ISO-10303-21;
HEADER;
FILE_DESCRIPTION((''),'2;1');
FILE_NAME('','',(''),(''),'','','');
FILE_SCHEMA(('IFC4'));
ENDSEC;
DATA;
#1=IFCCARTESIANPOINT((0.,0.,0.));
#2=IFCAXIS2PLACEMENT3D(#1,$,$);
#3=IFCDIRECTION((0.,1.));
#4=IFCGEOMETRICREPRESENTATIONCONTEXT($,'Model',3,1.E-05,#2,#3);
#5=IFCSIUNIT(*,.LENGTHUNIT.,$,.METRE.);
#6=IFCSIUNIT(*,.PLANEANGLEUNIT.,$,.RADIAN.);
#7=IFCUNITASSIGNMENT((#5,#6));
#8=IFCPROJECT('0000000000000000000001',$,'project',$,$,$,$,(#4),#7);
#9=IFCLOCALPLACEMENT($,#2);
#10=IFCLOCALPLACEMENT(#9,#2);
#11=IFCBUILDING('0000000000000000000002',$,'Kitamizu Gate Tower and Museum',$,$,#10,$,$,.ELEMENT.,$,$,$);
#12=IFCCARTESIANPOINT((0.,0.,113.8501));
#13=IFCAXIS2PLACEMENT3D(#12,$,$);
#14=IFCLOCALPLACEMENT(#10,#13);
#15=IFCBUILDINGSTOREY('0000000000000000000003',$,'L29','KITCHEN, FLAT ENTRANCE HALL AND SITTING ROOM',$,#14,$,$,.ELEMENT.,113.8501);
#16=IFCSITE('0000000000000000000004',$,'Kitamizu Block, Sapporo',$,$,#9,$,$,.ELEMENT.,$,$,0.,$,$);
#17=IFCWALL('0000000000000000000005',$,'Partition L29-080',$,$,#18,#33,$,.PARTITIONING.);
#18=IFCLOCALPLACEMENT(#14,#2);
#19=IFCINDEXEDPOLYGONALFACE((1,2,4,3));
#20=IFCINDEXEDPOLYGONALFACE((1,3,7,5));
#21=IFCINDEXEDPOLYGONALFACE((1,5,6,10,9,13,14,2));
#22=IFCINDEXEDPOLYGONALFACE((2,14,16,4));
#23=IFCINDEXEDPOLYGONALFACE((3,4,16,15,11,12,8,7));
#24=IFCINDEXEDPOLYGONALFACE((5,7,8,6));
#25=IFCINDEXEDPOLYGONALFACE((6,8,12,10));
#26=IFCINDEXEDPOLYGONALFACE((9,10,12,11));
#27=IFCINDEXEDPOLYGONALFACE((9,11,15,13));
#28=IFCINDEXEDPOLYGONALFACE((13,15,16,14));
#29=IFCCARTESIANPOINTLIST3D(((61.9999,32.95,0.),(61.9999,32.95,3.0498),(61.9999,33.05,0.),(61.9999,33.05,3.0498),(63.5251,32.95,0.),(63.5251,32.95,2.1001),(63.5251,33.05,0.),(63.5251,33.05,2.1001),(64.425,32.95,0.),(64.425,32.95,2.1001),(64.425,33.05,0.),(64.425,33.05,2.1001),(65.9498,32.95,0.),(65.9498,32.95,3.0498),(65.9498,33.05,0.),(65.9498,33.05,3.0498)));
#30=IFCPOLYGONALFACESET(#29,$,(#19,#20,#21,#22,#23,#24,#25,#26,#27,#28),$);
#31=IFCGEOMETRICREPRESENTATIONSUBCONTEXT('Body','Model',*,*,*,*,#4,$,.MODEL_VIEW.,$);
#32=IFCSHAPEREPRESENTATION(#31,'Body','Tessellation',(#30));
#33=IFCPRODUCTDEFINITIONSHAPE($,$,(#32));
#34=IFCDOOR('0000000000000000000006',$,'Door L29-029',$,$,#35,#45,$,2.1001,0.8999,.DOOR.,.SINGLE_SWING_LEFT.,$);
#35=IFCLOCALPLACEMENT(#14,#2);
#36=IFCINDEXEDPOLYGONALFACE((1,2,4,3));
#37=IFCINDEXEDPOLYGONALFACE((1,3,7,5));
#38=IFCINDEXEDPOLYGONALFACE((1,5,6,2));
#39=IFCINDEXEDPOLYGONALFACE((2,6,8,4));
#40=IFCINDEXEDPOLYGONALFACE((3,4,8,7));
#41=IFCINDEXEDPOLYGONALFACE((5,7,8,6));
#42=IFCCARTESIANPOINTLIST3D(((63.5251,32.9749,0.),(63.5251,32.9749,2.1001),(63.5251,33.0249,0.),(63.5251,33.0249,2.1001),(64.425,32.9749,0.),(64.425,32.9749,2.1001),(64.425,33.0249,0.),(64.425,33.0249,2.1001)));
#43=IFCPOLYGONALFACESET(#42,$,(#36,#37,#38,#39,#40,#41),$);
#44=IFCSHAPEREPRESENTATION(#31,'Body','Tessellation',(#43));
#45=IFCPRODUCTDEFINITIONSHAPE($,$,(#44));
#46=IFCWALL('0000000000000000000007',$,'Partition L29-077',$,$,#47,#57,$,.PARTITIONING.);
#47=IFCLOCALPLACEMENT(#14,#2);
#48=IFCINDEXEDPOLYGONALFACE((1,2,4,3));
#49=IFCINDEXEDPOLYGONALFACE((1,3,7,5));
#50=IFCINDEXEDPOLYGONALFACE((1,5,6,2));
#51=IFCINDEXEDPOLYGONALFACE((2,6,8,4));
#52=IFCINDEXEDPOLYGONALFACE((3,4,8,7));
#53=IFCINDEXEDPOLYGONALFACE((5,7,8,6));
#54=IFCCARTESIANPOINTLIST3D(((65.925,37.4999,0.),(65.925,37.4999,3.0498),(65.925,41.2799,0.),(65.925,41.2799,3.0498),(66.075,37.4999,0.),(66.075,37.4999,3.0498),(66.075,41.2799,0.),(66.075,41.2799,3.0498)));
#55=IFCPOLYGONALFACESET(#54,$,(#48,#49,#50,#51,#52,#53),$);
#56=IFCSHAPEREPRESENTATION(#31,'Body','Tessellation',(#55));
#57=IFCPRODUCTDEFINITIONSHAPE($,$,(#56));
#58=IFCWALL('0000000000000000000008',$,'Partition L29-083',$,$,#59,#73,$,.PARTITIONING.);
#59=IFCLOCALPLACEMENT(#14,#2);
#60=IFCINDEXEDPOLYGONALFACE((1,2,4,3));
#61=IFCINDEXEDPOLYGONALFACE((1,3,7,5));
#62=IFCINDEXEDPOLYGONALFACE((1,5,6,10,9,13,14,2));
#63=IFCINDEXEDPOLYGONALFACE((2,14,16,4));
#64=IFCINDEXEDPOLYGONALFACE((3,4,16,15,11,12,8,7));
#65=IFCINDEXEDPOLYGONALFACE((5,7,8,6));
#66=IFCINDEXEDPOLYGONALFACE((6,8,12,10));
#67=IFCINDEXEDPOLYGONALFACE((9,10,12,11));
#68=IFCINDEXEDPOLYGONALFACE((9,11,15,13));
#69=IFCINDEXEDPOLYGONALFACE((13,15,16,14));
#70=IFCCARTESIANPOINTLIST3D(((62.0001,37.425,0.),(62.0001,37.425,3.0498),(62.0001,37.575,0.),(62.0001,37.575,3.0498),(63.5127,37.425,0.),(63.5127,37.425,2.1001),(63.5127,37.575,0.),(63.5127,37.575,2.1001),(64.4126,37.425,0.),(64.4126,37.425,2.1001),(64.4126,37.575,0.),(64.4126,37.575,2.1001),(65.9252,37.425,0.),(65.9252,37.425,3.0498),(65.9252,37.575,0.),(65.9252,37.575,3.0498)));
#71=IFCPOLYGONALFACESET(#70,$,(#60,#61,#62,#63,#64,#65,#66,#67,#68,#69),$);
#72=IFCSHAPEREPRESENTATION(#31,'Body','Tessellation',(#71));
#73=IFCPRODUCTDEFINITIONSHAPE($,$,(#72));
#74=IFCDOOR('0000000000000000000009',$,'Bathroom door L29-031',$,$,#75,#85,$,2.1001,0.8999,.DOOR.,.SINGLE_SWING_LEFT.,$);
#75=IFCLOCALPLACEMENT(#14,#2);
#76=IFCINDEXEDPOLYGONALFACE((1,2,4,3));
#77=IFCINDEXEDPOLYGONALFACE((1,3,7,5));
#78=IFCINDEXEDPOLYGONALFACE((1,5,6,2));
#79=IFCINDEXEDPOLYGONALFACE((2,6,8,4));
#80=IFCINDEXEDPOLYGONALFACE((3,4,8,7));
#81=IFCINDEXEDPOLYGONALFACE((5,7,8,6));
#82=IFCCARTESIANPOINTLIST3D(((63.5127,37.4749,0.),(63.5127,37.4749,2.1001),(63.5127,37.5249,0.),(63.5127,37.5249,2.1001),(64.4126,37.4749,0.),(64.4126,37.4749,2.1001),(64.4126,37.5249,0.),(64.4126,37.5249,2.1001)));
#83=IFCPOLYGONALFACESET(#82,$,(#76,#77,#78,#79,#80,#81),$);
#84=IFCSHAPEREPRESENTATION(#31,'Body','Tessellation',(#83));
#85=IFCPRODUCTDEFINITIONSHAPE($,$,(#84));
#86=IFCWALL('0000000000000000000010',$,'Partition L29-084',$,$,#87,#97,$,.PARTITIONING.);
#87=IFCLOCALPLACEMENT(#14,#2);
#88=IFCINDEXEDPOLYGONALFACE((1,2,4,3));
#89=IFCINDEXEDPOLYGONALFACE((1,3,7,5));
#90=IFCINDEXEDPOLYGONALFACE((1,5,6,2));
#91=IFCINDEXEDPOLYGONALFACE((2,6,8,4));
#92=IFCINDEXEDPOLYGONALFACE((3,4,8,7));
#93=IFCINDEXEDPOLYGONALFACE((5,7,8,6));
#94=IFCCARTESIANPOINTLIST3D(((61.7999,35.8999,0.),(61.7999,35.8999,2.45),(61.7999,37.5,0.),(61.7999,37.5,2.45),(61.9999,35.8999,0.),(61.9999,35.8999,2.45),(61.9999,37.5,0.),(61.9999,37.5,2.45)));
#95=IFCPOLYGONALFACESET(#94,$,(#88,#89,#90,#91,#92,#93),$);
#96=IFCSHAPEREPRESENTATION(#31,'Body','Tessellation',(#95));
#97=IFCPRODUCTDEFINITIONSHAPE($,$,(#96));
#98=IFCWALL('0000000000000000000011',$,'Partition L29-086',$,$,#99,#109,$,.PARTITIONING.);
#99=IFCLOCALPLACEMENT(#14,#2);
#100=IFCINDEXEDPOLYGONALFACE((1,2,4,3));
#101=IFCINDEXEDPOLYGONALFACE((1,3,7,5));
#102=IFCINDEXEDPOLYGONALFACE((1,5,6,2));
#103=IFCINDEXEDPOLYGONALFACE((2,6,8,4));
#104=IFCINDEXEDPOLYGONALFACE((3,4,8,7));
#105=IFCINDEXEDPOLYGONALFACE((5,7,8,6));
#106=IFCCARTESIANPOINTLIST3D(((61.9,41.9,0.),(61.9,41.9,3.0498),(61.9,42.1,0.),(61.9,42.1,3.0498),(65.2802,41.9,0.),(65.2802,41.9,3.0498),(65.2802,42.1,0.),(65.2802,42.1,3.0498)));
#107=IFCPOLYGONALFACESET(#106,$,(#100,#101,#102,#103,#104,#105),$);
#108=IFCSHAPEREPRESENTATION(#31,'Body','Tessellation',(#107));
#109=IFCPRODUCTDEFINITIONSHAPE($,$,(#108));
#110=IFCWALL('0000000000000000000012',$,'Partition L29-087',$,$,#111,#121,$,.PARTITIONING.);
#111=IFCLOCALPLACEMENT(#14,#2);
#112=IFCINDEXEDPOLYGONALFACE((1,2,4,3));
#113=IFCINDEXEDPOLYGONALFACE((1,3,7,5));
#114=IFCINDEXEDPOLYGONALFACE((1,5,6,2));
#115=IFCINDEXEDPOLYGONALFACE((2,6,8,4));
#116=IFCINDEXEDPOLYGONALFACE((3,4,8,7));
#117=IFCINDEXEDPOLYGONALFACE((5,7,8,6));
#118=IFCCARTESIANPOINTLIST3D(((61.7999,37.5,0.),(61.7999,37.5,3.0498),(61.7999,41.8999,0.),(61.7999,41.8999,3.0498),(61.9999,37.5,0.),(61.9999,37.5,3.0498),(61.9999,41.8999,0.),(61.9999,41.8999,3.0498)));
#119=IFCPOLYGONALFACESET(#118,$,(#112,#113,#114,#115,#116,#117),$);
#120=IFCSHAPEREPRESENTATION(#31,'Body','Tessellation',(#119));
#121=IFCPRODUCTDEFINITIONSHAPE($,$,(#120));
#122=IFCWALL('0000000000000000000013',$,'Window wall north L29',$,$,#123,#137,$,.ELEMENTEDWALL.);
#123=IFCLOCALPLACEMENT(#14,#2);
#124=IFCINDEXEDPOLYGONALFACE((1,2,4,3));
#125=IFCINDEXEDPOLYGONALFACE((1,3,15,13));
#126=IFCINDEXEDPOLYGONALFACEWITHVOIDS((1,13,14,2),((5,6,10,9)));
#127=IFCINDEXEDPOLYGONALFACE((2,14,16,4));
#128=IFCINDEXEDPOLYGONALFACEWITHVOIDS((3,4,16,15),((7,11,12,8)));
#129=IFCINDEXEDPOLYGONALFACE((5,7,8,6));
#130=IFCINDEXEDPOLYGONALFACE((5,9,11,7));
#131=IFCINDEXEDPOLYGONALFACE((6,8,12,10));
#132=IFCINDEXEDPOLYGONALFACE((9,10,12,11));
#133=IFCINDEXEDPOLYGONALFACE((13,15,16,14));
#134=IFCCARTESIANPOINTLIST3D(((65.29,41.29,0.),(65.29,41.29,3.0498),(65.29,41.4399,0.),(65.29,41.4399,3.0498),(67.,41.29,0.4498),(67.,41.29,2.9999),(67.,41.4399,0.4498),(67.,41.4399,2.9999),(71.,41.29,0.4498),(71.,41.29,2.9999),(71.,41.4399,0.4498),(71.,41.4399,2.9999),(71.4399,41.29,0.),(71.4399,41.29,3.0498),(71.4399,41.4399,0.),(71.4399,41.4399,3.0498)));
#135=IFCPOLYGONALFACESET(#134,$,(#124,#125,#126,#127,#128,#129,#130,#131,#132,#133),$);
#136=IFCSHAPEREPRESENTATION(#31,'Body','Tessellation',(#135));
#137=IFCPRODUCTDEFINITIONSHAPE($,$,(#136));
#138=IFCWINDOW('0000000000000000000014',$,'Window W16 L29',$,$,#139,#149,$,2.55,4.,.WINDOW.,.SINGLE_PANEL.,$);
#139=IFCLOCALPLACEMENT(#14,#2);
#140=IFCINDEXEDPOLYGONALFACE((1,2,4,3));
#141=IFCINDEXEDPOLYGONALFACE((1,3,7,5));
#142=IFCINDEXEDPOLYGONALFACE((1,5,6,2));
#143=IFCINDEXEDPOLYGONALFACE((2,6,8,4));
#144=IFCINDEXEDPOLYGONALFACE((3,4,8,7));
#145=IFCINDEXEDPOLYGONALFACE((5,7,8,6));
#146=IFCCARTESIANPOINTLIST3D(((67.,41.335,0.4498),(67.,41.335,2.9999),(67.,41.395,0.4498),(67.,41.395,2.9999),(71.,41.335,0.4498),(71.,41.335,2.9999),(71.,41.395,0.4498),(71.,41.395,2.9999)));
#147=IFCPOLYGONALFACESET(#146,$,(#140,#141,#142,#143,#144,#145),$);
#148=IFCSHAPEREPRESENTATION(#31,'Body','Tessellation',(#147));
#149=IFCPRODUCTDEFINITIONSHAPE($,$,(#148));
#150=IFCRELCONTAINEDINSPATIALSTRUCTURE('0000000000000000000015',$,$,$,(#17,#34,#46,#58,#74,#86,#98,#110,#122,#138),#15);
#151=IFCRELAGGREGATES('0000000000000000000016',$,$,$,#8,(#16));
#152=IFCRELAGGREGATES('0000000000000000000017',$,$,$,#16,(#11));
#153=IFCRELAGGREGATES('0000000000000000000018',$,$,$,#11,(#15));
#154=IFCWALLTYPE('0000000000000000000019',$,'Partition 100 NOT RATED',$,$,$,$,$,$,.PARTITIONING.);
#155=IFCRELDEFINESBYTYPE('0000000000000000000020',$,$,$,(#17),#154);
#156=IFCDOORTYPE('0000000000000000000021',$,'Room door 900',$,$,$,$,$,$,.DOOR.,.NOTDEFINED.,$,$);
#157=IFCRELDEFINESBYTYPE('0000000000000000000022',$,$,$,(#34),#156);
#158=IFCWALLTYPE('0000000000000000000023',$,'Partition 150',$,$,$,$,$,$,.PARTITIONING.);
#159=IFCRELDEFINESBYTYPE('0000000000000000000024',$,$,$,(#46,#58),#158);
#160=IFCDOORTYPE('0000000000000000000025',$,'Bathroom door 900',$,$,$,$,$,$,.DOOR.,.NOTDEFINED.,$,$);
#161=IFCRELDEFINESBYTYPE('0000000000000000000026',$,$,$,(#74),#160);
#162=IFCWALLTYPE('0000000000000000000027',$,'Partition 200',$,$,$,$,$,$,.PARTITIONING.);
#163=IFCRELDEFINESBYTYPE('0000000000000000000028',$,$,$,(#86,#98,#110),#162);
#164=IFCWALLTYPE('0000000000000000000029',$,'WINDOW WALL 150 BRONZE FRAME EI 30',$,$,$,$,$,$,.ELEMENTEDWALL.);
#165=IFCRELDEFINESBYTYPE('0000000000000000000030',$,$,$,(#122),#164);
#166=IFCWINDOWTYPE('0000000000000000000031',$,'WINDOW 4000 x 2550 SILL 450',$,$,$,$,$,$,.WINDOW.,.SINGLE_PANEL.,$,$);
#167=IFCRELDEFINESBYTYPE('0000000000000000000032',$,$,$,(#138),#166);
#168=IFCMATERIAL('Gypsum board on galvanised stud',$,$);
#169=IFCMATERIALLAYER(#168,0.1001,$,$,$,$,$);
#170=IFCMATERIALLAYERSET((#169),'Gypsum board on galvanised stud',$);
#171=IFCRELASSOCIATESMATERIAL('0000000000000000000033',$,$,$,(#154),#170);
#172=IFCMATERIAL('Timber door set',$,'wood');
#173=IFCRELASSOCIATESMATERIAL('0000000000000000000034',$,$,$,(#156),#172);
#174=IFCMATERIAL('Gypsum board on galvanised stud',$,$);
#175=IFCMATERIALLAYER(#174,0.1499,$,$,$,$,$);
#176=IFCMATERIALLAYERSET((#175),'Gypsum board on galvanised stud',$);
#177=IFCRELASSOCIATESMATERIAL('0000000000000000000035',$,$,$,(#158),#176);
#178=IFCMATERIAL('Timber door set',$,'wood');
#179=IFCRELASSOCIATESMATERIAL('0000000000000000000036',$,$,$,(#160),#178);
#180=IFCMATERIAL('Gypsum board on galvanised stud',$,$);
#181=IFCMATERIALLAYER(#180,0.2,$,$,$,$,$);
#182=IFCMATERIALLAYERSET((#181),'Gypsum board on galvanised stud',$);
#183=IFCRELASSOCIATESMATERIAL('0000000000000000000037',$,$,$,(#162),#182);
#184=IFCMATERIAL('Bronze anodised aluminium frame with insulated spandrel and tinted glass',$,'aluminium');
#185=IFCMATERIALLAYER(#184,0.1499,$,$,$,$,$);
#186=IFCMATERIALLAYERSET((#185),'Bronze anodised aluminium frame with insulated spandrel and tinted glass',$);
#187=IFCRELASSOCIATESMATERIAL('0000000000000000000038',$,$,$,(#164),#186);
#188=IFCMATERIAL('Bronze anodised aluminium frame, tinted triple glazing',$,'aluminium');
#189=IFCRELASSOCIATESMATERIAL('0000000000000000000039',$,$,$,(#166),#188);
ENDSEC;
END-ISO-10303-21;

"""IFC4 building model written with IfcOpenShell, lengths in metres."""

from ifc_helpers import new_model, si_unit, direction, frame, frame_2d, origin, place, context, subcontext, project, spatial, rectangle, extrude, material, layer, layer_set, type_object, element, fill, save


model = new_model("IFC4")

# Units and contexts
model_context = context("Model", 3, precision=1e-05, world=origin(), true_north=direction((0.0, 1.0)))
body_context = subcontext(model_context, "Body", "Model", "MODEL_VIEW")
ifc_project = project(units=[si_unit("LENGTHUNIT", "METRE"), si_unit("PLANEANGLEUNIT", "RADIAN")], contexts=[model_context])

# Site, building, storey
site_placement = place(None, origin())
site = spatial("IfcSite", under=ifc_project, at=site_placement, Name="Kitamizu Block, Sapporo", CompositionType="ELEMENT", RefElevation=0.0)
building_placement = place(site_placement, origin())
building = spatial("IfcBuilding", under=site, at=building_placement, Name="Kitamizu Gate Tower and Museum", CompositionType="ELEMENT")
storey_placement = place(building_placement, frame((0.0, 0.0, 113.8501)))
storey = spatial("IfcBuildingStorey", under=building, at=storey_placement, Name="L29", Description="KITCHEN, FLAT ENTRANCE HALL AND SITTING ROOM", CompositionType="ELEMENT", Elevation=113.8501)

# Shared definitions
ifc_material_1 = material(Name="Gypsum board on galvanised stud")
ifc_layer_1 = layer(ifc_material_1, 0.1001)
ifc_layer_set_1 = layer_set([ifc_layer_1], Name="Gypsum board on galvanised stud")
wall_type_1 = type_object("IfcWallType", Name="Partition 100 NOT RATED", PredefinedType="PARTITIONING", material=ifc_layer_set_1)
ifc_material_2 = material(Name="Timber door set", Category="wood")
door_type_1 = type_object("IfcDoorType", Name="Room door 900", OperationType="NOTDEFINED", PredefinedType="DOOR", material=ifc_material_2)

# Wall, opening, door
wall_1_placement = place(storey_placement, frame((65.95, 33.0, 0.0), z_axis=(0.0, 0.0, 1.0), x_axis=(-1.0, 0.0, 0.0)))
wall_1 = element("IfcWall", 1, at=wall_1_placement, inside=storey, type_object=wall_type_1, Name="Partition L29-080", PredefinedType="PARTITIONING", context=body_context, shape_type="SweptSolid", body=[
    extrude(rectangle(XDim=3.95, YDim=0.1001, at=frame_2d((1.9751, 0.0))), origin(), (0.0, 0.0, 1.0), 3.0498),
])
opening_1_placement = place(wall_1_placement, frame((1.5249, 0.0, 0.0)))
opening_1 = element("IfcOpeningElement", 2, at=opening_1_placement, cuts=wall_1, PredefinedType="OPENING", context=body_context, shape_type="SweptSolid", body=[
    extrude(rectangle(XDim=0.8999, YDim=2.1001, at=frame_2d((0.45, 1.05))), frame((0.0, 0.0601, 0.0), z_axis=(0.0, -1.0, 0.0), x_axis=(1.0, 0.0, 0.0)), (0.0, 0.0, 1.0), 0.1201),
])
door_1_placement = place(opening_1_placement, frame((0.8999, 0.0, 0.0), x_axis=(-1.0, 0.0, 0.0)))
door_1 = element("IfcDoor", 3, at=door_1_placement, inside=storey, type_object=door_type_1, Name="Door L29-029", OperationType="SINGLE_SWING_LEFT", OverallHeight=2.1001, OverallWidth=0.8999, PredefinedType="DOOR", context=body_context, shape_type="SweptSolid", body=[
    extrude(rectangle(XDim=0.8999, YDim=2.1001, at=frame_2d((0.45, 1.05))), frame((0.0, 0.0249, 0.0), z_axis=(0.0, -1.0, 0.0), x_axis=(1.0, 0.0, 0.0)), (0.0, 0.0, 1.0), 0.05),
])
fill(opening_1, door_1)

# Wall
ifc_material_3 = material(Name="Gypsum board on galvanised stud")
ifc_layer_2 = layer(ifc_material_3, 0.1499)
ifc_layer_set_2 = layer_set([ifc_layer_2], Name="Gypsum board on galvanised stud")
wall_type_2 = type_object("IfcWallType", Name="Partition 150", PredefinedType="PARTITIONING", material=ifc_layer_set_2)
wall_2_placement = place(storey_placement, frame((66.0, 41.28, 0.0), z_axis=(0.0, 0.0, 1.0), x_axis=(0.0, -1.0, 0.0)))
element("IfcWall", 4, at=wall_2_placement, inside=storey, type_object=wall_type_2, Name="Partition L29-077", PredefinedType="PARTITIONING", context=body_context, shape_type="SweptSolid", body=[
    extrude(rectangle(XDim=3.78, YDim=0.1499, at=frame_2d((1.8901, 0.0))), origin(), (0.0, 0.0, 1.0), 3.0498),
])

# Wall, opening, door
wall_3_placement = place(storey_placement, frame((65.925, 37.5, 0.0), z_axis=(0.0, 0.0, 1.0), x_axis=(-1.0, 0.0, 0.0)))
wall_3 = element("IfcWall", 5, at=wall_3_placement, inside=storey, type_object=wall_type_2, Name="Partition L29-083", PredefinedType="PARTITIONING", context=body_context, shape_type="SweptSolid", body=[
    extrude(rectangle(XDim=3.925, YDim=0.1499, at=frame_2d((1.9624, 0.0))), origin(), (0.0, 0.0, 1.0), 3.0498),
])
opening_2_placement = place(wall_3_placement, frame((1.5125, 0.0, 0.0)))
opening_2 = element("IfcOpeningElement", 6, at=opening_2_placement, cuts=wall_3, PredefinedType="OPENING", context=body_context, shape_type="SweptSolid", body=[
    extrude(rectangle(XDim=0.8999, YDim=2.1001, at=frame_2d((0.45, 1.05))), frame((0.0, 0.085, 0.0), z_axis=(0.0, -1.0, 0.0), x_axis=(1.0, 0.0, 0.0)), (0.0, 0.0, 1.0), 0.1699),
])
ifc_material_4 = material(Name="Timber door set", Category="wood")
door_type_2 = type_object("IfcDoorType", Name="Bathroom door 900", OperationType="NOTDEFINED", PredefinedType="DOOR", material=ifc_material_4)
door_2_placement = place(opening_2_placement, frame((0.8999, 0.0, 0.0), x_axis=(-1.0, 0.0, 0.0)))
door_2 = element("IfcDoor", 7, at=door_2_placement, inside=storey, type_object=door_type_2, Name="Bathroom door L29-031", OperationType="SINGLE_SWING_LEFT", OverallHeight=2.1001, OverallWidth=0.8999, PredefinedType="DOOR", context=body_context, shape_type="SweptSolid", body=[
    extrude(rectangle(XDim=0.8999, YDim=2.1001, at=frame_2d((0.45, 1.05))), frame((0.0, 0.0249, 0.0), z_axis=(0.0, -1.0, 0.0), x_axis=(1.0, 0.0, 0.0)), (0.0, 0.0, 1.0), 0.05),
])
fill(opening_2, door_2)

# Walls
ifc_material_5 = material(Name="Gypsum board on galvanised stud")
ifc_layer_3 = layer(ifc_material_5, 0.2)
ifc_layer_set_3 = layer_set([ifc_layer_3], Name="Gypsum board on galvanised stud")
wall_type_3 = type_object("IfcWallType", Name="Partition 200", PredefinedType="PARTITIONING", material=ifc_layer_set_3)
wall_4_placement = place(storey_placement, frame((61.8999, 37.5, 0.0), z_axis=(0.0, 0.0, 1.0), x_axis=(0.0, -1.0, 0.0)))
element("IfcWall", 8, at=wall_4_placement, inside=storey, type_object=wall_type_3, Name="Partition L29-084", PredefinedType="PARTITIONING", context=body_context, shape_type="SweptSolid", body=[
    extrude(rectangle(XDim=1.6001, YDim=0.2, at=frame_2d((0.8, 0.0))), origin(), (0.0, 0.0, 1.0), 2.45),
])
wall_5_placement = place(storey_placement, frame((65.28, 42.0, 0.0), z_axis=(0.0, 0.0, 1.0), x_axis=(-1.0, 0.0, 0.0)))
element("IfcWall", 9, at=wall_5_placement, inside=storey, type_object=wall_type_3, Name="Partition L29-086", PredefinedType="PARTITIONING", context=body_context, shape_type="SweptSolid", body=[
    extrude(rectangle(XDim=3.3801, YDim=0.2, at=frame_2d((1.6899, 0.0))), origin(), (0.0, 0.0, 1.0), 3.0498),
])
wall_6_placement = place(storey_placement, frame((61.8999, 41.8999, 0.0), z_axis=(0.0, 0.0, 1.0), x_axis=(0.0, -1.0, 0.0)))
element("IfcWall", 10, at=wall_6_placement, inside=storey, type_object=wall_type_3, Name="Partition L29-087", PredefinedType="PARTITIONING", context=body_context, shape_type="SweptSolid", body=[
    extrude(rectangle(XDim=4.3999, YDim=0.2, at=frame_2d((2.2, 0.0))), origin(), (0.0, 0.0, 1.0), 3.0498),
])

# Wall, opening, window
ifc_material_6 = material(Name="Bronze anodised aluminium frame with insulated spandrel and tinted glass", Category="aluminium")
ifc_layer_4 = layer(ifc_material_6, 0.1499)
ifc_layer_set_4 = layer_set([ifc_layer_4], Name="Bronze anodised aluminium frame with insulated spandrel and tinted glass")
wall_type_4 = type_object("IfcWallType", Name="WINDOW WALL 150 BRONZE FRAME EI 30", PredefinedType="ELEMENTEDWALL", material=ifc_layer_set_4)
wall_7_placement = place(storey_placement, frame((65.29, 41.365, 0.0), z_axis=(0.0, 0.0, 1.0), x_axis=(1.0, 0.0, 0.0)))
wall_7 = element("IfcWall", 11, at=wall_7_placement, inside=storey, type_object=wall_type_4, Name="Window wall north L29", PredefinedType="ELEMENTEDWALL", context=body_context, shape_type="SweptSolid", body=[
    extrude(rectangle(XDim=6.1499, YDim=0.1499, at=frame_2d((3.075, 0.0))), origin(), (0.0, 0.0, 1.0), 3.0498),
])
opening_3_placement = place(wall_7_placement, frame((1.71, 0.0, 0.45)))
opening_3 = element("IfcOpeningElement", 12, at=opening_3_placement, cuts=wall_7, PredefinedType="OPENING", context=body_context, shape_type="SweptSolid", body=[
    extrude(rectangle(XDim=4.0, YDim=2.55, at=frame_2d((2.0, 1.2749))), frame((0.0, 0.085, 0.0), z_axis=(0.0, -1.0, 0.0), x_axis=(1.0, 0.0, 0.0)), (0.0, 0.0, 1.0), 0.1699),
])
ifc_material_7 = material(Name="Bronze anodised aluminium frame, tinted triple glazing", Category="aluminium")
window_type = type_object("IfcWindowType", Name="WINDOW 4000 x 2550 SILL 450", PartitioningType="SINGLE_PANEL", PredefinedType="WINDOW", material=ifc_material_7)
window_1_placement = place(opening_3_placement, origin())
window_1 = element("IfcWindow", 13, at=window_1_placement, inside=storey, type_object=window_type, Name="Window W16 L29", OverallHeight=2.55, OverallWidth=4.0, PartitioningType="SINGLE_PANEL", PredefinedType="WINDOW", context=body_context, shape_type="SweptSolid", body=[
    extrude(rectangle(XDim=4.0, YDim=2.55, at=frame_2d((2.0, 1.2749))), frame((0.0, 0.03, 0.0), z_axis=(0.0, -1.0, 0.0), x_axis=(1.0, 0.0, 0.0)), (0.0, 0.0, 1.0), 0.0601),
])
fill(opening_3, window_1)

save(model, "model.ifc")
